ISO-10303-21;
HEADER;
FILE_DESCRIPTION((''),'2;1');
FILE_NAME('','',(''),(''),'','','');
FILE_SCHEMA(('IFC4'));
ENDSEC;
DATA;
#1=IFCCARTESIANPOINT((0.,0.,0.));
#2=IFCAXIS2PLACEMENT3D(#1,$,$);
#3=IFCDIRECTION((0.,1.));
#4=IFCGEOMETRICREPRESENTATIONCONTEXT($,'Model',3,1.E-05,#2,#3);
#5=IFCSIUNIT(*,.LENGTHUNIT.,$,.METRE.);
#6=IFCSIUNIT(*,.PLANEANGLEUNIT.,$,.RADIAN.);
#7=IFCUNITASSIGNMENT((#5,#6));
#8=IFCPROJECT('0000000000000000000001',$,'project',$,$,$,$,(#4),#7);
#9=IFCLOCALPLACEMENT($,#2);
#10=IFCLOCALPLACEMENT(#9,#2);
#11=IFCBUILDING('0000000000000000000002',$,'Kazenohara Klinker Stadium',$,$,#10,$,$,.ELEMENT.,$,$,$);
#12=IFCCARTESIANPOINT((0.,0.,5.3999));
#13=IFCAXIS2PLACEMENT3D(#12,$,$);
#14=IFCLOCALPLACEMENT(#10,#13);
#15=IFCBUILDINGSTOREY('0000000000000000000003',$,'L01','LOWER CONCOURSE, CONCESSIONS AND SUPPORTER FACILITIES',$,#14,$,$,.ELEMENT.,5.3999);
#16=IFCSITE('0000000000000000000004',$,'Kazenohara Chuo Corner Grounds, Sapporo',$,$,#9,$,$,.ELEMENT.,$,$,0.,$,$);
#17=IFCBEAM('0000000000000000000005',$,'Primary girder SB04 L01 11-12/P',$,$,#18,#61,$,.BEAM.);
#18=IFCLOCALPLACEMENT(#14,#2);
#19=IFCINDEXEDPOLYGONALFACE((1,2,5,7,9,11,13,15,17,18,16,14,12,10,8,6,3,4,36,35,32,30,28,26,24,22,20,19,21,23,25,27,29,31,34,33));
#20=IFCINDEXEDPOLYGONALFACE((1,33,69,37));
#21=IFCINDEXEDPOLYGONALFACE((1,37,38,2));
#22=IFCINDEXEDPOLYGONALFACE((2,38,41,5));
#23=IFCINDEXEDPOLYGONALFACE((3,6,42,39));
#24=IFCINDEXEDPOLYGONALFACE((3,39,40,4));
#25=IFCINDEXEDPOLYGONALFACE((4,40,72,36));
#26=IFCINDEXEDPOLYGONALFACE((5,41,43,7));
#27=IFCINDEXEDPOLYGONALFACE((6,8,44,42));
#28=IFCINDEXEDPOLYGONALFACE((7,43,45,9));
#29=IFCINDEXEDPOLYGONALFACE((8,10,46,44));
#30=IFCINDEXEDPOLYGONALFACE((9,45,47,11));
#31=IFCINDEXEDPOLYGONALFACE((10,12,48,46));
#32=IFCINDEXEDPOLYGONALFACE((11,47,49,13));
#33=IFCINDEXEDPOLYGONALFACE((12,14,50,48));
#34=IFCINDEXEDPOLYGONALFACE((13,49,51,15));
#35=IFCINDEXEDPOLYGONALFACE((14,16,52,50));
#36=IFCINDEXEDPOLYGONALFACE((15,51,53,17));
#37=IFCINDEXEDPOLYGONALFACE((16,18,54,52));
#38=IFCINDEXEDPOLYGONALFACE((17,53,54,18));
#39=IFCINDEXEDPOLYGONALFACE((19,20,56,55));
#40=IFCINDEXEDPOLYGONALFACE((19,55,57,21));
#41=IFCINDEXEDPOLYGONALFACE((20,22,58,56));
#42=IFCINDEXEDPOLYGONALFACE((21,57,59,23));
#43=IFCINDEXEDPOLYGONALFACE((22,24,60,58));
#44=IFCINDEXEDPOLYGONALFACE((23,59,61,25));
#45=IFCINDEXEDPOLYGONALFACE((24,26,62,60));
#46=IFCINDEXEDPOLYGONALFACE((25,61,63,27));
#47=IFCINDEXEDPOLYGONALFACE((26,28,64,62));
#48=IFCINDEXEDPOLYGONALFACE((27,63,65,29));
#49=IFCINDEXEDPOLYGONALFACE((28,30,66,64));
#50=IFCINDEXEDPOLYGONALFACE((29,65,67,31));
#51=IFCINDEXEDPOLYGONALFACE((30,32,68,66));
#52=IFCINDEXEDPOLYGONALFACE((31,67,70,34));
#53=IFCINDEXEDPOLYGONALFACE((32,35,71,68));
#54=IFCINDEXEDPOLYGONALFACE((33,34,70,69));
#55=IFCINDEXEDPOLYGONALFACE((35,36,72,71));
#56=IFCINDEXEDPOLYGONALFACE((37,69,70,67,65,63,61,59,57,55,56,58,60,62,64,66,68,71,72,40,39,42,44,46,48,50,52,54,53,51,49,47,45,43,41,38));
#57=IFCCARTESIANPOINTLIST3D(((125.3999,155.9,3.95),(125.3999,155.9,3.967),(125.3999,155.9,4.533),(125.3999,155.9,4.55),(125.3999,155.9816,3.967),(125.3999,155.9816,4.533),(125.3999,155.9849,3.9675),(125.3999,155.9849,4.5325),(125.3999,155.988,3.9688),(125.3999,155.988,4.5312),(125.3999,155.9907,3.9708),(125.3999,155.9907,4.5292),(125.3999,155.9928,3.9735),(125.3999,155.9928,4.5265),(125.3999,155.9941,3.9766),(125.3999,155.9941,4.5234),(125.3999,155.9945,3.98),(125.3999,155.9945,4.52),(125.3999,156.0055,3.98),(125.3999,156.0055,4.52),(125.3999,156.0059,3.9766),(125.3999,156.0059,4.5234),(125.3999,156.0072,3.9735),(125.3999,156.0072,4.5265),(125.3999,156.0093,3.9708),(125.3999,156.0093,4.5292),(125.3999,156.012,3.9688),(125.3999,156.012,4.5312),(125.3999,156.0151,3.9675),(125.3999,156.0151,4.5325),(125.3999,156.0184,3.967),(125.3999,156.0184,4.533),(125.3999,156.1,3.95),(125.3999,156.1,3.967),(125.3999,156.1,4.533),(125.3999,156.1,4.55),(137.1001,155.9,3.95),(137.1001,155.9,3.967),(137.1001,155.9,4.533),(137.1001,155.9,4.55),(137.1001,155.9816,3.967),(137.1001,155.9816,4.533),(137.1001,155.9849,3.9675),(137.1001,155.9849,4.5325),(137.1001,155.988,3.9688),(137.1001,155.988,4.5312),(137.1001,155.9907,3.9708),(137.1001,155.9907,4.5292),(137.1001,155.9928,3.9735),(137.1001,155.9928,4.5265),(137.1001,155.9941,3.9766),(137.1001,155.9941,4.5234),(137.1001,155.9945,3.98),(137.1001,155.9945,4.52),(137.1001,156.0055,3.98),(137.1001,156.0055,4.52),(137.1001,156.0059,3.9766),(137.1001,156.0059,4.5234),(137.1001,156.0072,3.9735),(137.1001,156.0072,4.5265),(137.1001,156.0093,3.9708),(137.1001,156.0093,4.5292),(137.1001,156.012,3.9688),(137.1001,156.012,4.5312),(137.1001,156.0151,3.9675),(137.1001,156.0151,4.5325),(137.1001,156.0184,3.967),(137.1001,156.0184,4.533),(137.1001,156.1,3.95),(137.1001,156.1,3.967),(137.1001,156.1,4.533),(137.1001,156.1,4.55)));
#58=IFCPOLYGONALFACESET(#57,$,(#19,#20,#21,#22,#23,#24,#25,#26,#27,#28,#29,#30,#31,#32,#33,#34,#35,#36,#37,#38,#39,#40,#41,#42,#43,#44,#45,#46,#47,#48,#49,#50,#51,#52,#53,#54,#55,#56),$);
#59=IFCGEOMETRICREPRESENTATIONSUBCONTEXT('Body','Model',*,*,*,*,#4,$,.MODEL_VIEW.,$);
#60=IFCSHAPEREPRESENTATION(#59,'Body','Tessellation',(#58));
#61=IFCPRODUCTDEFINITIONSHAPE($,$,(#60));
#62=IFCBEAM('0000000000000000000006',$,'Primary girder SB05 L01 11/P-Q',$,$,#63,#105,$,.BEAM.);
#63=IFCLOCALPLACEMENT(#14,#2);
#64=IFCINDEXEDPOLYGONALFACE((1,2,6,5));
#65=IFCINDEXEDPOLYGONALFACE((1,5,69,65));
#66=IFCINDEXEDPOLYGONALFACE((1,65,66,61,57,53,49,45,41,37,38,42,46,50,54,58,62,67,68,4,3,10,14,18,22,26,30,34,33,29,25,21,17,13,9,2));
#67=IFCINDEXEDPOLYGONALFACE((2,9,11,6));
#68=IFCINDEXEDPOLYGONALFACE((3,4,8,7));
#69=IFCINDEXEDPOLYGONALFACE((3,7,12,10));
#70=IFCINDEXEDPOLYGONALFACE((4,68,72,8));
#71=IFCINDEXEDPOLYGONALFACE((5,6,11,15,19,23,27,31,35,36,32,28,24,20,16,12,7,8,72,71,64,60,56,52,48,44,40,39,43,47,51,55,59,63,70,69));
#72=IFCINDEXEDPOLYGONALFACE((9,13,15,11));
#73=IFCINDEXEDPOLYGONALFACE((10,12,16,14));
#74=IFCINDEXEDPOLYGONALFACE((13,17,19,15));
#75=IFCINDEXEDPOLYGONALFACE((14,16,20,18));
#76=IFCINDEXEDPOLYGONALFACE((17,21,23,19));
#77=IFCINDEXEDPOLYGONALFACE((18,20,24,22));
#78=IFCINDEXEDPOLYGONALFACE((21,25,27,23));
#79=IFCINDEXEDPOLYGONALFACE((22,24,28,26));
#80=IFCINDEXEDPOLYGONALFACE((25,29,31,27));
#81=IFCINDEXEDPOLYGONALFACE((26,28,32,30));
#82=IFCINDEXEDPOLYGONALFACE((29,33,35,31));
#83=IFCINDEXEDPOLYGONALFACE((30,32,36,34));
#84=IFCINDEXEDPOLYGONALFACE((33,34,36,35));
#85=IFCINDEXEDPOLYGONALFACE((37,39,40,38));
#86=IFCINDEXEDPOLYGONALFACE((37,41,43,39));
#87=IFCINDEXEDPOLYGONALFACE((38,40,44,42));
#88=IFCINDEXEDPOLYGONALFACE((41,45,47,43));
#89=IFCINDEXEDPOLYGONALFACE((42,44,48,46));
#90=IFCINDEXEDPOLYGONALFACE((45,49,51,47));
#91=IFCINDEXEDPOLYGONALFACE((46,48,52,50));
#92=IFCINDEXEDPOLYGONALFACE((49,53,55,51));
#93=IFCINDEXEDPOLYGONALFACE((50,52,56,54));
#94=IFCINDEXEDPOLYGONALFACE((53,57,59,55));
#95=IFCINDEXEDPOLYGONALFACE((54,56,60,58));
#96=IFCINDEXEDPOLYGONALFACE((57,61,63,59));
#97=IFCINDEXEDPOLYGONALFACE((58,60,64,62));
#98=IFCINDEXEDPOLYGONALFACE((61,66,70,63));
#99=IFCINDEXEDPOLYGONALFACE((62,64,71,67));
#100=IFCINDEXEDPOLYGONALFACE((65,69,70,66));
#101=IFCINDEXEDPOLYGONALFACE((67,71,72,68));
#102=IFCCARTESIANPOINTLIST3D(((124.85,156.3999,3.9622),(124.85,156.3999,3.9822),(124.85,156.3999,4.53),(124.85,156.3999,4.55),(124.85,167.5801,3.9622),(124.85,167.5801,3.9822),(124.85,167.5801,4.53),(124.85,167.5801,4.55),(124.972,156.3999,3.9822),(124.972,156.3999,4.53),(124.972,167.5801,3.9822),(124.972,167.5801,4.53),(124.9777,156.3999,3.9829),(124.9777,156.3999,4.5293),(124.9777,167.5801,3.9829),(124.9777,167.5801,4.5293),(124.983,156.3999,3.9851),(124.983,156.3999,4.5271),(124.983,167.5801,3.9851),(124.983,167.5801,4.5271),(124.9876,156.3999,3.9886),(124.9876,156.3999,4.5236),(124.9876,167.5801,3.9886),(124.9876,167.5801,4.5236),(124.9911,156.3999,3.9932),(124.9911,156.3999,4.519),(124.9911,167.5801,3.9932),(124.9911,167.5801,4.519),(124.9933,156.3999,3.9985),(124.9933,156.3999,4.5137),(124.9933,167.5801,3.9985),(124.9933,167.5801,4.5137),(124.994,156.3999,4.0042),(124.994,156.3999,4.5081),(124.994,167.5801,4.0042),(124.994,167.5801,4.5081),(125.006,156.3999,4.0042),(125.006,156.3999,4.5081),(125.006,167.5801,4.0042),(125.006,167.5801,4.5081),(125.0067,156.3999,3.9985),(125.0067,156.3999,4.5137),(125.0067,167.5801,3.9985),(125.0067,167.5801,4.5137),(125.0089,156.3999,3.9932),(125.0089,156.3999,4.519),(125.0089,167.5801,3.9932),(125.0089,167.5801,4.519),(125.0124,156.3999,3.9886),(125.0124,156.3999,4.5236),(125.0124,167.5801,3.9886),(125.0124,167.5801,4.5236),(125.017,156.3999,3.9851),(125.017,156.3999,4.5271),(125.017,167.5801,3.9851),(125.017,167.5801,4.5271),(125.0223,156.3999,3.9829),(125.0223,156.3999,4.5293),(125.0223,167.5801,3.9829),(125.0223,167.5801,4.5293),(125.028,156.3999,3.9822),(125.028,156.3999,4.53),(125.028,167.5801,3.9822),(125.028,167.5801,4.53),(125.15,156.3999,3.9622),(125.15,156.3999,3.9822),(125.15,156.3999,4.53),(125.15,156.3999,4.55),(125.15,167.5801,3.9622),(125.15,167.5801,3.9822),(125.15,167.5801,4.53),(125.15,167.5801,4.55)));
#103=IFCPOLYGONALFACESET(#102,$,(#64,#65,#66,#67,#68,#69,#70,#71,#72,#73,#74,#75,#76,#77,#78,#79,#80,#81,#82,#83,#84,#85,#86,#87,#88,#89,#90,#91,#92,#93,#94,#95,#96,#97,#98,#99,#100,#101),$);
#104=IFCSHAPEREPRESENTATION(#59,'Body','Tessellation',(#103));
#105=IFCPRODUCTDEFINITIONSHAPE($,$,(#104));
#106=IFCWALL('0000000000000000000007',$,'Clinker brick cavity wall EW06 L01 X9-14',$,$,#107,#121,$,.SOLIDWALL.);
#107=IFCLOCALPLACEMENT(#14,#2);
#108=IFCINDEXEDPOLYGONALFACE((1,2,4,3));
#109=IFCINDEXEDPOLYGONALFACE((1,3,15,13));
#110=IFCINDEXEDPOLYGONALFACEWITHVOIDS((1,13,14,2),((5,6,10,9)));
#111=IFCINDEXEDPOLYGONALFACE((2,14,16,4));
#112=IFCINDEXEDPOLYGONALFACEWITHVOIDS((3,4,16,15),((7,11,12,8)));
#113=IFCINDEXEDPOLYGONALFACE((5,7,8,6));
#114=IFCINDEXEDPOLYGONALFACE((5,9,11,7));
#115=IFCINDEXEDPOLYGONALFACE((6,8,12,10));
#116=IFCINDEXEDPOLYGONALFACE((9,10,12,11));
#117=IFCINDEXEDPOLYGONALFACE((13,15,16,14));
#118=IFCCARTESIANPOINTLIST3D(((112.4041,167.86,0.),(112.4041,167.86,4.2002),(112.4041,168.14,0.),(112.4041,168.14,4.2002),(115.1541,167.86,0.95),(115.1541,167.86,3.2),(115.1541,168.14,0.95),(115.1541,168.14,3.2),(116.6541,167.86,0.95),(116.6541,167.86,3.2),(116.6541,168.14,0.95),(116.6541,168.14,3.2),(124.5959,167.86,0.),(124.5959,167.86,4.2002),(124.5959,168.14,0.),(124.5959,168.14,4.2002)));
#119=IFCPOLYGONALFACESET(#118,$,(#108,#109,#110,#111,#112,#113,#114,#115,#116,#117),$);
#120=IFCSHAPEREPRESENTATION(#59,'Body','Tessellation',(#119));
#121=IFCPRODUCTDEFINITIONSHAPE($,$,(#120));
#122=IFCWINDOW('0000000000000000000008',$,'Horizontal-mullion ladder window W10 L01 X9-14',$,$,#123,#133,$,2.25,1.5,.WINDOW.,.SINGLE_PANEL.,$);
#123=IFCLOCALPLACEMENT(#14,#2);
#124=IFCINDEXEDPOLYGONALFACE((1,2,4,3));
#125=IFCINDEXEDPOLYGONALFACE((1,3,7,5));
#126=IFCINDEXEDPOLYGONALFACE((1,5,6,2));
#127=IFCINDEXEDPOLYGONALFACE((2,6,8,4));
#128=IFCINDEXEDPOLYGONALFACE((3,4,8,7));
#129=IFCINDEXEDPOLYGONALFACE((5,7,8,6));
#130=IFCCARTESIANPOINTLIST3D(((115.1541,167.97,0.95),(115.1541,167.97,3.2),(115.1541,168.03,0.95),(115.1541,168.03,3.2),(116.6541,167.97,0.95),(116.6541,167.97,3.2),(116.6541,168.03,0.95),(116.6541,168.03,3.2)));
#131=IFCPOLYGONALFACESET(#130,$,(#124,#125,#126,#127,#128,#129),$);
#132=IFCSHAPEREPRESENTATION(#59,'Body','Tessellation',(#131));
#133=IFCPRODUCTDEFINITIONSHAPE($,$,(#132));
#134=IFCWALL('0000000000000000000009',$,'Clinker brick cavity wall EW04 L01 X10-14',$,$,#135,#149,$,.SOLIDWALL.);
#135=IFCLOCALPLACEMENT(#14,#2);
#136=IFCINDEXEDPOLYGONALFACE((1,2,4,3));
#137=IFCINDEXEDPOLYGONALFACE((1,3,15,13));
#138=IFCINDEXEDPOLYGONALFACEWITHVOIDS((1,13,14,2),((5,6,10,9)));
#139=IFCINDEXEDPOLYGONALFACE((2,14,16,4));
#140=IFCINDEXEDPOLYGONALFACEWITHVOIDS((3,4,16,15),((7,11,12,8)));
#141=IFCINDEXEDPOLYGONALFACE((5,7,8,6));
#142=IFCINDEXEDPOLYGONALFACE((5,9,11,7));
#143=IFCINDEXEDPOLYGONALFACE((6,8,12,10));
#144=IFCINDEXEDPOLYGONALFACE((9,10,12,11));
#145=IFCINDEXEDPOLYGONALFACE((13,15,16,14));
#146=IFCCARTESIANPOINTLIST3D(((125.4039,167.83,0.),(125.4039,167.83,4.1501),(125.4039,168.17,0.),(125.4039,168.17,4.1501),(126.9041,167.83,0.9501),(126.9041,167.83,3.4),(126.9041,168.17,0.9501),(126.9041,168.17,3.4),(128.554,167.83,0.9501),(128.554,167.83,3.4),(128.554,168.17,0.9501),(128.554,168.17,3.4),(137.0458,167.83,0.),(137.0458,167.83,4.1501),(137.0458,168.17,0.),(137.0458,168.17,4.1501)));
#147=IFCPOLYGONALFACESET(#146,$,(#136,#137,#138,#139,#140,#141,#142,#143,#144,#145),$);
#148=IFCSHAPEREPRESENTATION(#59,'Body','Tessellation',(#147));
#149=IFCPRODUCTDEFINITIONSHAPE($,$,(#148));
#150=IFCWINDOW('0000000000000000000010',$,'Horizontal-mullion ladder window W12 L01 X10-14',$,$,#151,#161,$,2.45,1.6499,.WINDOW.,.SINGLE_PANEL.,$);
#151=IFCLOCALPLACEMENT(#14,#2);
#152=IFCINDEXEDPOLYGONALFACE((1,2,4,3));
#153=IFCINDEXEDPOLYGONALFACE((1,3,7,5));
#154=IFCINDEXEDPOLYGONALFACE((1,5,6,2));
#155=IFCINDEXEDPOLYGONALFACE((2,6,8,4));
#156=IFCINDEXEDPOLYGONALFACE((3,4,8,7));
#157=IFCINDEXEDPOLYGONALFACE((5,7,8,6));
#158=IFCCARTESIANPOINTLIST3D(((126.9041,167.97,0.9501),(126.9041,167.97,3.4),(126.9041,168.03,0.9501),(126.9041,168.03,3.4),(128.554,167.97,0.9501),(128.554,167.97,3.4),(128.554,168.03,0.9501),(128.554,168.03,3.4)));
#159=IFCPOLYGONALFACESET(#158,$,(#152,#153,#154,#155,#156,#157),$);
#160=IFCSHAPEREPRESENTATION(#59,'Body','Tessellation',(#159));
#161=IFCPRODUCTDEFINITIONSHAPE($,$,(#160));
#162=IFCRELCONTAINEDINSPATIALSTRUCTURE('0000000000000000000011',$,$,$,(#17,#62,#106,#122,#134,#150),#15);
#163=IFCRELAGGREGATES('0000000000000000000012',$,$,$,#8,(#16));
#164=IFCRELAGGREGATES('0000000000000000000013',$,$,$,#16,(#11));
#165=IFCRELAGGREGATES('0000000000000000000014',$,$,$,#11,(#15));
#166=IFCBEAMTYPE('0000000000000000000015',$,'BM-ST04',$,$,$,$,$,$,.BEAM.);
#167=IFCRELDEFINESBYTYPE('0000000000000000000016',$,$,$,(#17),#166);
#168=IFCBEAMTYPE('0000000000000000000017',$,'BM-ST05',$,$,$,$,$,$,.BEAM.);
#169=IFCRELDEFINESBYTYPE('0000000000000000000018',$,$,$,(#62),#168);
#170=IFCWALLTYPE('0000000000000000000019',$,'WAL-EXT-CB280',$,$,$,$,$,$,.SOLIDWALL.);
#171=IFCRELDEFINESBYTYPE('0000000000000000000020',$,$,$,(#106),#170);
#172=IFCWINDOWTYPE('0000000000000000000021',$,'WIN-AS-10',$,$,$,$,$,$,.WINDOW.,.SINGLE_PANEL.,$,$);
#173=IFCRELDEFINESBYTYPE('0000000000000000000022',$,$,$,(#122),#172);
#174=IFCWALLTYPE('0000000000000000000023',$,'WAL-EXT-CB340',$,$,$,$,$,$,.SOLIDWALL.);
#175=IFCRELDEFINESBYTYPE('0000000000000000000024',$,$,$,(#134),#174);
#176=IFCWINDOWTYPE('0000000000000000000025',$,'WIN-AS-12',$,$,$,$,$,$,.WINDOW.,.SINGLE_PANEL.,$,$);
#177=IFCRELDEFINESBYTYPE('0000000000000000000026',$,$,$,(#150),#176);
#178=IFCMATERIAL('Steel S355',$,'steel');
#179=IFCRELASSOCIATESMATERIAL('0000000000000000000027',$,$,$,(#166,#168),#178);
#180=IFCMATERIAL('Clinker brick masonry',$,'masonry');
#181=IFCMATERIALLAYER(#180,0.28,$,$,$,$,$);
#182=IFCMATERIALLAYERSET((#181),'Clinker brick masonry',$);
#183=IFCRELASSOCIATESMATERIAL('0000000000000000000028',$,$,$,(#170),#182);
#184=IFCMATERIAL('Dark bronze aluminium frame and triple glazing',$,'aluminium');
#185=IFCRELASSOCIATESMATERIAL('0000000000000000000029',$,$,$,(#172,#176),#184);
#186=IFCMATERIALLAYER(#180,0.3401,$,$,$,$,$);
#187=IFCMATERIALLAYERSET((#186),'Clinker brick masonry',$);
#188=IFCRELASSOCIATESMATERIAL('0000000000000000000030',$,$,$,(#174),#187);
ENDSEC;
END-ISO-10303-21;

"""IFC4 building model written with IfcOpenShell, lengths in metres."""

from ifc_helpers import new_model, si_unit, direction, frame, frame_2d, origin, origin_2d, place, context, subcontext, project, spatial, rectangle, i_section, extrude, material, layer, layer_set, material_profile, profile_set, type_object, element, fill, save


model = new_model("IFC4")

# Units and contexts
model_context = context("Model", 3, precision=1e-05, world=origin(), true_north=direction((0.0, 1.0)))
body_context = subcontext(model_context, "Body", "Model", "MODEL_VIEW")
ifc_project = project(units=[si_unit("LENGTHUNIT", "METRE"), si_unit("PLANEANGLEUNIT", "RADIAN")], contexts=[model_context])

# Site, building, storey
site_placement = place(None, origin())
site = spatial("IfcSite", under=ifc_project, at=site_placement, Name="Kazenohara Chuo Corner Grounds, Sapporo", CompositionType="ELEMENT", RefElevation=0.0)
building_placement = place(site_placement, origin())
building = spatial("IfcBuilding", under=site, at=building_placement, Name="Kazenohara Klinker Stadium", CompositionType="ELEMENT")
storey_placement = place(building_placement, frame((0.0, 0.0, 5.3999)))
storey = spatial("IfcBuildingStorey", under=building, at=storey_placement, Name="L01", Description="LOWER CONCOURSE, CONCESSIONS AND SUPPORTER FACILITIES", CompositionType="ELEMENT", Elevation=5.3999)

# Beams
ifc_material_1 = material(Name="Steel S355", Category="steel")
ifc_material_profile_1 = material_profile(ifc_material_1, i_section(OverallWidth=0.2, OverallDepth=0.6001, WebThickness=0.011, FlangeThickness=0.0171, FilletRadius=0.0129, at=origin_2d()), Name="H-600x200x11x17")
ifc_profile_set_1 = profile_set([ifc_material_profile_1], Name="Steel S355")
beam_type_1 = type_object("IfcBeamType", Name="BM-ST04", PredefinedType="BEAM", material=ifc_profile_set_1)
beam_1_placement = place(storey_placement, frame((125.3999, 156.0, 4.25), z_axis=(1.0, 0.0, 0.0), x_axis=(0.0, 1.0, 0.0)))
element("IfcBeam", 1, at=beam_1_placement, inside=storey, type_object=beam_type_1, Name="Primary girder SB04 L01 11-12/P", PredefinedType="BEAM", context=body_context, shape_type="SweptSolid", body=[
    extrude(i_section(OverallWidth=0.2, OverallDepth=0.6001, WebThickness=0.011, FlangeThickness=0.0171, FilletRadius=0.0129, at=origin_2d()), origin(), (0.0, 0.0, 1.0), 11.7002),
])
ifc_material_profile_2 = material_profile(ifc_material_1, i_section(OverallWidth=0.3, OverallDepth=0.5879, WebThickness=0.012, FlangeThickness=0.02, FilletRadius=0.022, at=origin_2d()), Name="H-588x300x12x20")
ifc_profile_set_2 = profile_set([ifc_material_profile_2], Name="Steel S355")
beam_type_2 = type_object("IfcBeamType", Name="BM-ST05", PredefinedType="BEAM", material=ifc_profile_set_2)
beam_2_placement = place(storey_placement, frame((125.0, 156.3999, 4.2561), z_axis=(0.0, 1.0, 0.0), x_axis=(-1.0, 0.0, 0.0)))
element("IfcBeam", 2, at=beam_2_placement, inside=storey, type_object=beam_type_2, Name="Primary girder SB05 L01 11/P-Q", PredefinedType="BEAM", context=body_context, shape_type="SweptSolid", body=[
    extrude(i_section(OverallWidth=0.3, OverallDepth=0.5879, WebThickness=0.012, FlangeThickness=0.02, FilletRadius=0.022, at=origin_2d()), origin(), (0.0, 0.0, 1.0), 11.1802),
])

# Walls, openings, windows
ifc_material_2 = material(Name="Clinker brick masonry", Category="masonry")
ifc_layer_1 = layer(ifc_material_2, 0.28)
ifc_layer_set_1 = layer_set([ifc_layer_1], Name="Clinker brick masonry")
wall_type_1 = type_object("IfcWallType", Name="WAL-EXT-CB280", PredefinedType="SOLIDWALL", material=ifc_layer_set_1)
wall_1_placement = place(storey_placement, frame((112.4041, 168.0, 0.0), z_axis=(0.0, 0.0, 1.0), x_axis=(1.0, 0.0, 0.0)))
wall_1 = element("IfcWall", 3, at=wall_1_placement, inside=storey, type_object=wall_type_1, Name="Clinker brick cavity wall EW06 L01 X9-14", PredefinedType="SOLIDWALL", context=body_context, shape_type="SweptSolid", body=[
    extrude(rectangle(XDim=12.1919, YDim=0.28, at=frame_2d((6.0959, 0.0))), origin(), (0.0, 0.0, 1.0), 4.2002),
])
opening_1_placement = place(wall_1_placement, frame((2.75, 0.0, 0.95)))
opening_1 = element("IfcOpeningElement", 4, at=opening_1_placement, cuts=wall_1, PredefinedType="OPENING", context=body_context, shape_type="SweptSolid", body=[
    extrude(rectangle(XDim=1.5, YDim=2.25, at=frame_2d((0.75, 1.125))), frame((0.0, 0.1499, 0.0), z_axis=(0.0, -1.0, 0.0), x_axis=(1.0, 0.0, 0.0)), (0.0, 0.0, 1.0), 0.3),
])
ifc_material_3 = material(Name="Dark bronze aluminium frame and triple glazing", Category="aluminium")
window_type_1 = type_object("IfcWindowType", Name="WIN-AS-10", PartitioningType="SINGLE_PANEL", PredefinedType="WINDOW", material=ifc_material_3)
window_1_placement = place(opening_1_placement, origin())
window_1 = element("IfcWindow", 5, at=window_1_placement, inside=storey, type_object=window_type_1, Name="Horizontal-mullion ladder window W10 L01 X9-14", OverallHeight=2.25, OverallWidth=1.5, PartitioningType="SINGLE_PANEL", PredefinedType="WINDOW", context=body_context, shape_type="SweptSolid", body=[
    extrude(rectangle(XDim=1.5, YDim=2.25, at=frame_2d((0.75, 1.125))), frame((0.0, 0.03, 0.0), z_axis=(0.0, -1.0, 0.0), x_axis=(1.0, 0.0, 0.0)), (0.0, 0.0, 1.0), 0.0601),
])
fill(opening_1, window_1)
ifc_layer_2 = layer(ifc_material_2, 0.3401)
ifc_layer_set_2 = layer_set([ifc_layer_2], Name="Clinker brick masonry")
wall_type_2 = type_object("IfcWallType", Name="WAL-EXT-CB340", PredefinedType="SOLIDWALL", material=ifc_layer_set_2)
wall_2_placement = place(storey_placement, frame((125.4041, 168.0, 0.0), z_axis=(0.0, 0.0, 1.0), x_axis=(1.0, 0.0, 0.0)))
wall_2 = element("IfcWall", 6, at=wall_2_placement, inside=storey, type_object=wall_type_2, Name="Clinker brick cavity wall EW04 L01 X10-14", PredefinedType="SOLIDWALL", context=body_context, shape_type="SweptSolid", body=[
    extrude(rectangle(XDim=11.6418, YDim=0.3401, at=frame_2d((5.8208, 0.0))), origin(), (0.0, 0.0, 1.0), 4.1501),
])
opening_2_placement = place(wall_2_placement, frame((1.5, 0.0, 0.95)))
opening_2 = element("IfcOpeningElement", 7, at=opening_2_placement, cuts=wall_2, PredefinedType="OPENING", context=body_context, shape_type="SweptSolid", body=[
    extrude(rectangle(XDim=1.6499, YDim=2.45, at=frame_2d((0.825, 1.2251))), frame((0.0, 0.1802, 0.0), z_axis=(0.0, -1.0, 0.0), x_axis=(1.0, 0.0, 0.0)), (0.0, 0.0, 1.0), 0.3601),
])
window_type_2 = type_object("IfcWindowType", Name="WIN-AS-12", PartitioningType="SINGLE_PANEL", PredefinedType="WINDOW", material=ifc_material_3)
window_2_placement = place(opening_2_placement, origin())
window_2 = element("IfcWindow", 8, at=window_2_placement, inside=storey, type_object=window_type_2, Name="Horizontal-mullion ladder window W12 L01 X10-14", OverallHeight=2.45, OverallWidth=1.6499, PartitioningType="SINGLE_PANEL", PredefinedType="WINDOW", context=body_context, shape_type="SweptSolid", body=[
    extrude(rectangle(XDim=1.6499, YDim=2.45, at=frame_2d((0.825, 1.2251))), frame((0.0, 0.03, 0.0), z_axis=(0.0, -1.0, 0.0), x_axis=(1.0, 0.0, 0.0)), (0.0, 0.0, 1.0), 0.0601),
])
fill(opening_2, window_2)

save(model, "model.ifc")
